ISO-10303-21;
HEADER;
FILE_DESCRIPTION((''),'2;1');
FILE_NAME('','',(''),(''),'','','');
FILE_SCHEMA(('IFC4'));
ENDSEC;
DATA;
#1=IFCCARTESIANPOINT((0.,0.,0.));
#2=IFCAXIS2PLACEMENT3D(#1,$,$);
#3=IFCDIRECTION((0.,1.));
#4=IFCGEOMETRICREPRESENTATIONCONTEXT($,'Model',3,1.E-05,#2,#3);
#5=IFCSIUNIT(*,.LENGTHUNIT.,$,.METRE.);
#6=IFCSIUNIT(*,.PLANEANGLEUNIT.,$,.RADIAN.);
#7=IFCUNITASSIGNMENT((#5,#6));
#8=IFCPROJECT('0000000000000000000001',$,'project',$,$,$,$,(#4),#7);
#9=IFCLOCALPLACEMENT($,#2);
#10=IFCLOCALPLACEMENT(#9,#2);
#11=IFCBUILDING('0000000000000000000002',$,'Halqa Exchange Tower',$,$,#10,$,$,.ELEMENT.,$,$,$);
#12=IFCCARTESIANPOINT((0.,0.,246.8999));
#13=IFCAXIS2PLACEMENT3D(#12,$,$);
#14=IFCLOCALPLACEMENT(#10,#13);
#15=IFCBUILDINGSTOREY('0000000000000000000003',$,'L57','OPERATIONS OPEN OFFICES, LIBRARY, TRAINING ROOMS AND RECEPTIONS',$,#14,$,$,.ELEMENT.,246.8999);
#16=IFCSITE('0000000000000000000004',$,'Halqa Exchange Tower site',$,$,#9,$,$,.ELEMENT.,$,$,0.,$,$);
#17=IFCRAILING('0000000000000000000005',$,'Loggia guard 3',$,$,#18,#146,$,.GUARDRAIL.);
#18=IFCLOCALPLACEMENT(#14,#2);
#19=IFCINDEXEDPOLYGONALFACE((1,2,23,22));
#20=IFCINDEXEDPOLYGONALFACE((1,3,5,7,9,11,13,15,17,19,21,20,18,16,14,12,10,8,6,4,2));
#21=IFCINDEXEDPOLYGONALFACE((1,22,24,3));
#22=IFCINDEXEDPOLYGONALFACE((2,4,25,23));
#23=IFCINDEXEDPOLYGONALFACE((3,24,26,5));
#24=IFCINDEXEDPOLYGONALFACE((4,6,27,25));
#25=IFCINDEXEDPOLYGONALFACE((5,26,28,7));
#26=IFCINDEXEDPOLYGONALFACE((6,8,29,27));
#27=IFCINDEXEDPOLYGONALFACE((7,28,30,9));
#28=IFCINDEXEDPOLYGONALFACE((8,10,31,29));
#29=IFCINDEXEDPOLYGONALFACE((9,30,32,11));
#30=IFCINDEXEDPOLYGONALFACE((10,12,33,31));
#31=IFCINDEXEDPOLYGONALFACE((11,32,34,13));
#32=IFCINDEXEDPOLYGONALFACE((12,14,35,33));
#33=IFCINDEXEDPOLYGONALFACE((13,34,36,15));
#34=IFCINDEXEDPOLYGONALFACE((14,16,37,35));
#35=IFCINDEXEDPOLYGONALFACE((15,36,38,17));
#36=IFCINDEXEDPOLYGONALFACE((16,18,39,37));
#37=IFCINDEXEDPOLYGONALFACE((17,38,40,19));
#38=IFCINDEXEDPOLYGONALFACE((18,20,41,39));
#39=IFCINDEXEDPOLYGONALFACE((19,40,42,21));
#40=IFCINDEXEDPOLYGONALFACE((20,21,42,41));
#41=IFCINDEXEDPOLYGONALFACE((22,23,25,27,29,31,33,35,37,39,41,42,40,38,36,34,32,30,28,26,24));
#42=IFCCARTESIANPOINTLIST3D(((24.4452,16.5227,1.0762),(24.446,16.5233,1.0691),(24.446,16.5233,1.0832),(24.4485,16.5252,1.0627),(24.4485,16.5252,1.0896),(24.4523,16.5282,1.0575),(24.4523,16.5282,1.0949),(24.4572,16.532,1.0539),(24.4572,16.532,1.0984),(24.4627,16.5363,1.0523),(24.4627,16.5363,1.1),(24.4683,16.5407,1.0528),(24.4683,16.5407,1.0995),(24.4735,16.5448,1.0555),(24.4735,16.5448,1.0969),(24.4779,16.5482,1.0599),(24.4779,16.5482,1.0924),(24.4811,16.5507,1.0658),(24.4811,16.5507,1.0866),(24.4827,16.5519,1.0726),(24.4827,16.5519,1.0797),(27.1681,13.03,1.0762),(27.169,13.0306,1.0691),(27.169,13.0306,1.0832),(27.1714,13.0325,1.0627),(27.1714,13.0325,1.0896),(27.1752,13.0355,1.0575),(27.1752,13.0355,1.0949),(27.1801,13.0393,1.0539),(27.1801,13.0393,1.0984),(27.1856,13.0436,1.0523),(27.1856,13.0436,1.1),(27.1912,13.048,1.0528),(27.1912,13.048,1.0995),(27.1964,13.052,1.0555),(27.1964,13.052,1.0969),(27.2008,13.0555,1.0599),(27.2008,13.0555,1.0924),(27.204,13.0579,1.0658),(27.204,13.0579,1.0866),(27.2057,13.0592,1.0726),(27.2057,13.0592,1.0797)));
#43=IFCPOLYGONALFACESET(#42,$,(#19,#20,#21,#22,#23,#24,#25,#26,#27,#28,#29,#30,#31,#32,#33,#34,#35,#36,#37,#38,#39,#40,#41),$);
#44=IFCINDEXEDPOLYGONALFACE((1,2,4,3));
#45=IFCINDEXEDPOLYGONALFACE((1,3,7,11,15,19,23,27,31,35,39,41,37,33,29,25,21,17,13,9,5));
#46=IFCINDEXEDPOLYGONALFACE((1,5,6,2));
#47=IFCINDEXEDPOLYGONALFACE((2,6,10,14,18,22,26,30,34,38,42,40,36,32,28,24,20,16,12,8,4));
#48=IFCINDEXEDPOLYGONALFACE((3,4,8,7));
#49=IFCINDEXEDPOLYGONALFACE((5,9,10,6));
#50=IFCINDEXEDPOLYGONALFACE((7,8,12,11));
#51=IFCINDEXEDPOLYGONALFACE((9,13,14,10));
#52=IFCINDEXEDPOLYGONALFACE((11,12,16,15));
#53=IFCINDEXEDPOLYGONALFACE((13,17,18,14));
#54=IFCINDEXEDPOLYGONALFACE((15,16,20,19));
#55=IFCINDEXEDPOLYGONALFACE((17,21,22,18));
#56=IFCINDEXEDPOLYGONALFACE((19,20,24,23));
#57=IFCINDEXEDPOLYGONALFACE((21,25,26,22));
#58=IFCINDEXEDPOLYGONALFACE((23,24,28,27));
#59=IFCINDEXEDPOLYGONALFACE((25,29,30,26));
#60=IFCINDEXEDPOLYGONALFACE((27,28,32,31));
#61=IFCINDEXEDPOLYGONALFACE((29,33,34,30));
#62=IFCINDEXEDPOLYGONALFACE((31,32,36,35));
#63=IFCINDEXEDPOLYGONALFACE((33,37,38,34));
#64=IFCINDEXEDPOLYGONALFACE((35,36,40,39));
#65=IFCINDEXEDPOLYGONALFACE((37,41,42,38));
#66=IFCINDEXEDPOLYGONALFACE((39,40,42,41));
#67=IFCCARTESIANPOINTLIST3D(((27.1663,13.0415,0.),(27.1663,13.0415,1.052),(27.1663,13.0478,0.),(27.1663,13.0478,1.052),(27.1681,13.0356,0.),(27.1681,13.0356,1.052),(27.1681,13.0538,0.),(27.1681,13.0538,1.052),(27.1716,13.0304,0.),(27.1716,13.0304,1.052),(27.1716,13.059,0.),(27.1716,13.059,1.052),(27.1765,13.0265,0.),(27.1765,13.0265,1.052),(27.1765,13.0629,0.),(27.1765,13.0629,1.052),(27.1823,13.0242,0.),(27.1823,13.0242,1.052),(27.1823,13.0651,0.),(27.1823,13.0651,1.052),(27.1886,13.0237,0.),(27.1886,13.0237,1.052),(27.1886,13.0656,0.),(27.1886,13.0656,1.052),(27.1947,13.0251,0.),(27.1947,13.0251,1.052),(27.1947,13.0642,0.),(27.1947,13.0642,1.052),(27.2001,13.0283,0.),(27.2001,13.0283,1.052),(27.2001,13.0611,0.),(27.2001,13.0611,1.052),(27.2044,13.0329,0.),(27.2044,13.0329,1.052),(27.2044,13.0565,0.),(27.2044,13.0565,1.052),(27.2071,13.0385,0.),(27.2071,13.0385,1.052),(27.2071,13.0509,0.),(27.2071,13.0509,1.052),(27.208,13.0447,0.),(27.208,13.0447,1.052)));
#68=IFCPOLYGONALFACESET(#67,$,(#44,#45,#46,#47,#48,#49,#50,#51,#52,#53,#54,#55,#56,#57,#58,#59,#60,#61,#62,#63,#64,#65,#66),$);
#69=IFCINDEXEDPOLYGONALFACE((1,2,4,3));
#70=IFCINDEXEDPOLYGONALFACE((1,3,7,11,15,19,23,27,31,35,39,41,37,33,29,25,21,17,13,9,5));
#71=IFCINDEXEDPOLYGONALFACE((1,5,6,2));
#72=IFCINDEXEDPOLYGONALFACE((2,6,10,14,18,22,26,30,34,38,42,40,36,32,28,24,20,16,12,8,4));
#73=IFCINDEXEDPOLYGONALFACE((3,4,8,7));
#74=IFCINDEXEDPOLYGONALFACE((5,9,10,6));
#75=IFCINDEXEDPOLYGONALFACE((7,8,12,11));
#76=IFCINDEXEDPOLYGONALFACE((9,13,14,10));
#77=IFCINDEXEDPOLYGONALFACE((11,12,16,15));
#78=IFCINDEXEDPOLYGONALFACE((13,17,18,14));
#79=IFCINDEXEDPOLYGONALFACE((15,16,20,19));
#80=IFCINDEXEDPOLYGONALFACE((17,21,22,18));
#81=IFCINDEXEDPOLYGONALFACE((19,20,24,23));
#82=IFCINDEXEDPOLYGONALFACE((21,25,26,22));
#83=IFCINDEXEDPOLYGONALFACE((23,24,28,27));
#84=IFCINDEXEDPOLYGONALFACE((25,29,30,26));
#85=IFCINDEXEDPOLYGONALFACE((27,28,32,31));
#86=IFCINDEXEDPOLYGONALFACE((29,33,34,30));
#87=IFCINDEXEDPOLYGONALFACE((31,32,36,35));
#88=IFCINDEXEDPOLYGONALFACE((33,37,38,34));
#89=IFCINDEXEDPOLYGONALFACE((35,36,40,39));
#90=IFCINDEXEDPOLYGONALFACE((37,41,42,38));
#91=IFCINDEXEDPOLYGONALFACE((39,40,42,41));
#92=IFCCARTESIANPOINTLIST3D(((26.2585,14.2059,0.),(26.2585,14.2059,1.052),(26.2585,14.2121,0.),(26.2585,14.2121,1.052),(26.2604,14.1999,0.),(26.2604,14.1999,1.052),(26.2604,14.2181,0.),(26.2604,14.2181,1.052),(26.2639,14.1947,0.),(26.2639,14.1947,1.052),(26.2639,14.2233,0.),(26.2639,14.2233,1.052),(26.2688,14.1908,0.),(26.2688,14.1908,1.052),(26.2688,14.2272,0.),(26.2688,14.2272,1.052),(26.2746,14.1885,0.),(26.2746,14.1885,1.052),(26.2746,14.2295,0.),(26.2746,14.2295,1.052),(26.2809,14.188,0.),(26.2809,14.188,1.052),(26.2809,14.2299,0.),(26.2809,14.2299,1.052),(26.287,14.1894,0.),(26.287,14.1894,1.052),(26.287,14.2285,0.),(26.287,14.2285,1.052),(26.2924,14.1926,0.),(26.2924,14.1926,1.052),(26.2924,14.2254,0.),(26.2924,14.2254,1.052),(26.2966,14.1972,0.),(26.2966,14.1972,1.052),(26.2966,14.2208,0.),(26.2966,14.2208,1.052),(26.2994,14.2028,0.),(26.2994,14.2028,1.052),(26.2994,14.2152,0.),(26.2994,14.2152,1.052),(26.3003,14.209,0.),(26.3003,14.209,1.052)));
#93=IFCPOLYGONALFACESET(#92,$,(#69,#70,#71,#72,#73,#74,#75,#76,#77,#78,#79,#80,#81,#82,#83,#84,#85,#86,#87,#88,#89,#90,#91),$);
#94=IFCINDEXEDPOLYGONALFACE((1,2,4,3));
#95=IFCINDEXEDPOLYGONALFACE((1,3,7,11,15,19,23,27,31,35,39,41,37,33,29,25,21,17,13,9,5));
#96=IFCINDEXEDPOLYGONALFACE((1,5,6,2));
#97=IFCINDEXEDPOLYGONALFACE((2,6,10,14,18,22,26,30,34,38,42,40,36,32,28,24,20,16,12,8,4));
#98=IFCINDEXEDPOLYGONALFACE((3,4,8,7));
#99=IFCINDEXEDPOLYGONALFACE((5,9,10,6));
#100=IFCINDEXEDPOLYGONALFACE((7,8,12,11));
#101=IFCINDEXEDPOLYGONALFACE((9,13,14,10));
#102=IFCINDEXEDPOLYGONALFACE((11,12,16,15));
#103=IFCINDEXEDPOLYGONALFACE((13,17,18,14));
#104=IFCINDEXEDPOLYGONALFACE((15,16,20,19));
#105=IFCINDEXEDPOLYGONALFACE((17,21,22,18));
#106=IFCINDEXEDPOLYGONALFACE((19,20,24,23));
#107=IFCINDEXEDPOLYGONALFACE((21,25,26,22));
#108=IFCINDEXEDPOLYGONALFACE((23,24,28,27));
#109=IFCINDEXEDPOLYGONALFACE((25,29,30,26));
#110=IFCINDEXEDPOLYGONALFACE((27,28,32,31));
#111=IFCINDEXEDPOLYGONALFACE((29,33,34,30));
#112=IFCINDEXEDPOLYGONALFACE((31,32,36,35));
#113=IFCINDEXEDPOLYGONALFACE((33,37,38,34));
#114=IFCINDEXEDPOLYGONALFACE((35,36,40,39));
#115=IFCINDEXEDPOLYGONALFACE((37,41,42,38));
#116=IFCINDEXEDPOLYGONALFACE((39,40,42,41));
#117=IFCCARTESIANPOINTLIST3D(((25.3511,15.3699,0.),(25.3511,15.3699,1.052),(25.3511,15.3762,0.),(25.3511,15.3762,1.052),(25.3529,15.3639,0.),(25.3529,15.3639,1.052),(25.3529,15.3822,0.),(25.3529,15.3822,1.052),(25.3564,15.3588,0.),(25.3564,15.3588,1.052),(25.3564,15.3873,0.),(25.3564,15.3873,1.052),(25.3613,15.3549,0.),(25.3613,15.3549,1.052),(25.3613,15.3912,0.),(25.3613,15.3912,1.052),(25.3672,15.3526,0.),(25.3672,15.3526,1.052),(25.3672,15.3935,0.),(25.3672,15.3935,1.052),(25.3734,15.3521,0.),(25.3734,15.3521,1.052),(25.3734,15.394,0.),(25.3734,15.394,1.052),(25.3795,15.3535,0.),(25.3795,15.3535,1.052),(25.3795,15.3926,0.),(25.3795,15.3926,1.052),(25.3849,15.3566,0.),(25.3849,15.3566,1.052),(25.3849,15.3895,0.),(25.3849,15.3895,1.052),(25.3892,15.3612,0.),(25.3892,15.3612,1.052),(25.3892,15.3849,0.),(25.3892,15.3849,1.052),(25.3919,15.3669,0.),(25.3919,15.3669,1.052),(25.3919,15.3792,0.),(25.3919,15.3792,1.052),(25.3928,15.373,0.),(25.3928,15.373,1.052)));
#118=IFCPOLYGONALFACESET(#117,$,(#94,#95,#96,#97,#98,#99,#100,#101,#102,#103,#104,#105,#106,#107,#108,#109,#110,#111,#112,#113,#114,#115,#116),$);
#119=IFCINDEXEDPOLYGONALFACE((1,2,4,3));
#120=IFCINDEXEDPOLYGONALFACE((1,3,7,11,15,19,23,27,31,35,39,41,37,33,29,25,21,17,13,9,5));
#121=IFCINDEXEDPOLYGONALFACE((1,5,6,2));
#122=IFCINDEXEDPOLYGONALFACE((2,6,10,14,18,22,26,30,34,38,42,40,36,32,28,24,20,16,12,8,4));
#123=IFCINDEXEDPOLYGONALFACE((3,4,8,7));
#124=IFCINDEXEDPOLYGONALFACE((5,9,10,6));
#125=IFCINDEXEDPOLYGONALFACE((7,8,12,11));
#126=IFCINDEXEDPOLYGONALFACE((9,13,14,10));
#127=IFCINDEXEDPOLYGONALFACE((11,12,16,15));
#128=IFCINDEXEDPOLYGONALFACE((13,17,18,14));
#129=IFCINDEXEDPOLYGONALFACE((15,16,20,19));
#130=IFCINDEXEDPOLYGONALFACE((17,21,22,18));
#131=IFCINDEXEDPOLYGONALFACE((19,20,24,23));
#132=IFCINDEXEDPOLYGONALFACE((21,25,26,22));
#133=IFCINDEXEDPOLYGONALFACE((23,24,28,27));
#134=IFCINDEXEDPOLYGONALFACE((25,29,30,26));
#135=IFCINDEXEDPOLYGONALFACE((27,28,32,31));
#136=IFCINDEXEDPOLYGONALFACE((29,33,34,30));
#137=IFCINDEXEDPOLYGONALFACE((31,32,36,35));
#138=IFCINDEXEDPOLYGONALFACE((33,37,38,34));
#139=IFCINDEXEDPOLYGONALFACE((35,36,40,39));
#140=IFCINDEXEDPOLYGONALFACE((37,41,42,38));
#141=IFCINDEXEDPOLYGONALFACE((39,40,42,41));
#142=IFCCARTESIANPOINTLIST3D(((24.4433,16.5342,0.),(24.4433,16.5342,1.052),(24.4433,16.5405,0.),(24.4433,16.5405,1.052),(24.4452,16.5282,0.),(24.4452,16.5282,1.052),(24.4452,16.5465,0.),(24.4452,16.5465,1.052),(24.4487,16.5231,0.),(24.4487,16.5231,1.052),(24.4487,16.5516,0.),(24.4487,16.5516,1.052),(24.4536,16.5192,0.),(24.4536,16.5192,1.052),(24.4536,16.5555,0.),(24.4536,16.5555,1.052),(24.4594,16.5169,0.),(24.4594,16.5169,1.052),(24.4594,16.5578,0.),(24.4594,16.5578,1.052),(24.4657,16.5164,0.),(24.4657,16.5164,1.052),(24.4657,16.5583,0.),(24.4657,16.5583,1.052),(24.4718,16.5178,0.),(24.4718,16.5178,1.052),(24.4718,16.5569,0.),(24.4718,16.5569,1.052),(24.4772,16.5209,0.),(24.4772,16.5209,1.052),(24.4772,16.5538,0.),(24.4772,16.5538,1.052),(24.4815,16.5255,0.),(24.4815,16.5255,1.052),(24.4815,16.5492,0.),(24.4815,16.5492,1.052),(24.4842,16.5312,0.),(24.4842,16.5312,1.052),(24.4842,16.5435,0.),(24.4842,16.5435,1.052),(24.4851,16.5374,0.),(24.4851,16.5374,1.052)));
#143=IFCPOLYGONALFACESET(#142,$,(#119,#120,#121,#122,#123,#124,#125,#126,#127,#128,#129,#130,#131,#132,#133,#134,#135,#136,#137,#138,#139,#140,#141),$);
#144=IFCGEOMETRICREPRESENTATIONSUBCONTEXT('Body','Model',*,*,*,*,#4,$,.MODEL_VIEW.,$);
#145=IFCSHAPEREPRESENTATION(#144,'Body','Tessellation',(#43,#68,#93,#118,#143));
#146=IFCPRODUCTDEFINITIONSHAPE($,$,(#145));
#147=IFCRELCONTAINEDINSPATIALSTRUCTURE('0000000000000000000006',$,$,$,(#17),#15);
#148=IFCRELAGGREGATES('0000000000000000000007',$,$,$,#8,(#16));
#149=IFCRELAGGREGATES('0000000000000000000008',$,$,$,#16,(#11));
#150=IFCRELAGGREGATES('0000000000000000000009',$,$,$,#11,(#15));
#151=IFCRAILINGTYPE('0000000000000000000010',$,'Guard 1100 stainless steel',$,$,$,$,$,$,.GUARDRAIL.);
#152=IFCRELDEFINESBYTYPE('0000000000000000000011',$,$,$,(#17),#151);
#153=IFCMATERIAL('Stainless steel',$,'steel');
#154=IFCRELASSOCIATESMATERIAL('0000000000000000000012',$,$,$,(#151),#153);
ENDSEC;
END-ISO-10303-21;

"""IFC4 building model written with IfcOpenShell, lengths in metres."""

from ifc_helpers import new_model, si_unit, direction, frame, origin, origin_2d, place, context, subcontext, project, spatial, circle, extrude, material, type_object, element, save


model = new_model("IFC4")

# Units and contexts
model_context = context("Model", 3, precision=1e-05, world=origin(), true_north=direction((0.0, 1.0)))
body_context = subcontext(model_context, "Body", "Model", "MODEL_VIEW")
ifc_project = project(units=[si_unit("LENGTHUNIT", "METRE"), si_unit("PLANEANGLEUNIT", "RADIAN")], contexts=[model_context])

# Site, building, storey
site_placement = place(None, origin())
site = spatial("IfcSite", under=ifc_project, at=site_placement, Name="Halqa Exchange Tower site", CompositionType="ELEMENT", RefElevation=0.0)
building_placement = place(site_placement, origin())
building = spatial("IfcBuilding", under=site, at=building_placement, Name="Halqa Exchange Tower", CompositionType="ELEMENT")
storey_placement = place(building_placement, frame((0.0, 0.0, 246.8999)))
storey = spatial("IfcBuildingStorey", under=building, at=storey_placement, Name="L57", Description="OPERATIONS OPEN OFFICES, LIBRARY, TRAINING ROOMS AND RECEPTIONS", CompositionType="ELEMENT", Elevation=246.8999)

# Railing
ifc_material_1 = material(Name="Stainless steel", Category="steel")
railing_type = type_object("IfcRailingType", Name="Guard 1100 stainless steel", PredefinedType="GUARDRAIL", material=ifc_material_1)
railing_1_placement = place(storey_placement, frame((27.187, 13.0447, 0.0)))
element("IfcRailing", 1, at=railing_1_placement, inside=storey, type_object=railing_type, Name="Loggia guard 3", PredefinedType="GUARDRAIL", context=body_context, shape_type="SweptSolid", body=[
    extrude(circle(Radius=0.0239, at=origin_2d()), frame((0.0, 0.0, 1.0762), z_axis=(-0.614837, 0.788654, 0.0), x_axis=(-0.788654, -0.614837, 0.0)), (0.0, 0.0, 1.0), 4.4287),
    extrude(circle(Radius=0.021, at=origin_2d()), origin(), (0.0, 0.0, 1.0), 1.052),
    extrude(circle(Radius=0.021, at=origin_2d()), frame((-0.9077, 1.1643, 0.0)), (0.0, 0.0, 1.0), 1.052),
    extrude(circle(Radius=0.021, at=origin_2d()), frame((-1.8152, 2.3284, 0.0)), (0.0, 0.0, 1.0), 1.052),
    extrude(circle(Radius=0.021, at=origin_2d()), frame((-2.7229, 3.4927, 0.0)), (0.0, 0.0, 1.0), 1.052),
])

save(model, "model.ifc")
